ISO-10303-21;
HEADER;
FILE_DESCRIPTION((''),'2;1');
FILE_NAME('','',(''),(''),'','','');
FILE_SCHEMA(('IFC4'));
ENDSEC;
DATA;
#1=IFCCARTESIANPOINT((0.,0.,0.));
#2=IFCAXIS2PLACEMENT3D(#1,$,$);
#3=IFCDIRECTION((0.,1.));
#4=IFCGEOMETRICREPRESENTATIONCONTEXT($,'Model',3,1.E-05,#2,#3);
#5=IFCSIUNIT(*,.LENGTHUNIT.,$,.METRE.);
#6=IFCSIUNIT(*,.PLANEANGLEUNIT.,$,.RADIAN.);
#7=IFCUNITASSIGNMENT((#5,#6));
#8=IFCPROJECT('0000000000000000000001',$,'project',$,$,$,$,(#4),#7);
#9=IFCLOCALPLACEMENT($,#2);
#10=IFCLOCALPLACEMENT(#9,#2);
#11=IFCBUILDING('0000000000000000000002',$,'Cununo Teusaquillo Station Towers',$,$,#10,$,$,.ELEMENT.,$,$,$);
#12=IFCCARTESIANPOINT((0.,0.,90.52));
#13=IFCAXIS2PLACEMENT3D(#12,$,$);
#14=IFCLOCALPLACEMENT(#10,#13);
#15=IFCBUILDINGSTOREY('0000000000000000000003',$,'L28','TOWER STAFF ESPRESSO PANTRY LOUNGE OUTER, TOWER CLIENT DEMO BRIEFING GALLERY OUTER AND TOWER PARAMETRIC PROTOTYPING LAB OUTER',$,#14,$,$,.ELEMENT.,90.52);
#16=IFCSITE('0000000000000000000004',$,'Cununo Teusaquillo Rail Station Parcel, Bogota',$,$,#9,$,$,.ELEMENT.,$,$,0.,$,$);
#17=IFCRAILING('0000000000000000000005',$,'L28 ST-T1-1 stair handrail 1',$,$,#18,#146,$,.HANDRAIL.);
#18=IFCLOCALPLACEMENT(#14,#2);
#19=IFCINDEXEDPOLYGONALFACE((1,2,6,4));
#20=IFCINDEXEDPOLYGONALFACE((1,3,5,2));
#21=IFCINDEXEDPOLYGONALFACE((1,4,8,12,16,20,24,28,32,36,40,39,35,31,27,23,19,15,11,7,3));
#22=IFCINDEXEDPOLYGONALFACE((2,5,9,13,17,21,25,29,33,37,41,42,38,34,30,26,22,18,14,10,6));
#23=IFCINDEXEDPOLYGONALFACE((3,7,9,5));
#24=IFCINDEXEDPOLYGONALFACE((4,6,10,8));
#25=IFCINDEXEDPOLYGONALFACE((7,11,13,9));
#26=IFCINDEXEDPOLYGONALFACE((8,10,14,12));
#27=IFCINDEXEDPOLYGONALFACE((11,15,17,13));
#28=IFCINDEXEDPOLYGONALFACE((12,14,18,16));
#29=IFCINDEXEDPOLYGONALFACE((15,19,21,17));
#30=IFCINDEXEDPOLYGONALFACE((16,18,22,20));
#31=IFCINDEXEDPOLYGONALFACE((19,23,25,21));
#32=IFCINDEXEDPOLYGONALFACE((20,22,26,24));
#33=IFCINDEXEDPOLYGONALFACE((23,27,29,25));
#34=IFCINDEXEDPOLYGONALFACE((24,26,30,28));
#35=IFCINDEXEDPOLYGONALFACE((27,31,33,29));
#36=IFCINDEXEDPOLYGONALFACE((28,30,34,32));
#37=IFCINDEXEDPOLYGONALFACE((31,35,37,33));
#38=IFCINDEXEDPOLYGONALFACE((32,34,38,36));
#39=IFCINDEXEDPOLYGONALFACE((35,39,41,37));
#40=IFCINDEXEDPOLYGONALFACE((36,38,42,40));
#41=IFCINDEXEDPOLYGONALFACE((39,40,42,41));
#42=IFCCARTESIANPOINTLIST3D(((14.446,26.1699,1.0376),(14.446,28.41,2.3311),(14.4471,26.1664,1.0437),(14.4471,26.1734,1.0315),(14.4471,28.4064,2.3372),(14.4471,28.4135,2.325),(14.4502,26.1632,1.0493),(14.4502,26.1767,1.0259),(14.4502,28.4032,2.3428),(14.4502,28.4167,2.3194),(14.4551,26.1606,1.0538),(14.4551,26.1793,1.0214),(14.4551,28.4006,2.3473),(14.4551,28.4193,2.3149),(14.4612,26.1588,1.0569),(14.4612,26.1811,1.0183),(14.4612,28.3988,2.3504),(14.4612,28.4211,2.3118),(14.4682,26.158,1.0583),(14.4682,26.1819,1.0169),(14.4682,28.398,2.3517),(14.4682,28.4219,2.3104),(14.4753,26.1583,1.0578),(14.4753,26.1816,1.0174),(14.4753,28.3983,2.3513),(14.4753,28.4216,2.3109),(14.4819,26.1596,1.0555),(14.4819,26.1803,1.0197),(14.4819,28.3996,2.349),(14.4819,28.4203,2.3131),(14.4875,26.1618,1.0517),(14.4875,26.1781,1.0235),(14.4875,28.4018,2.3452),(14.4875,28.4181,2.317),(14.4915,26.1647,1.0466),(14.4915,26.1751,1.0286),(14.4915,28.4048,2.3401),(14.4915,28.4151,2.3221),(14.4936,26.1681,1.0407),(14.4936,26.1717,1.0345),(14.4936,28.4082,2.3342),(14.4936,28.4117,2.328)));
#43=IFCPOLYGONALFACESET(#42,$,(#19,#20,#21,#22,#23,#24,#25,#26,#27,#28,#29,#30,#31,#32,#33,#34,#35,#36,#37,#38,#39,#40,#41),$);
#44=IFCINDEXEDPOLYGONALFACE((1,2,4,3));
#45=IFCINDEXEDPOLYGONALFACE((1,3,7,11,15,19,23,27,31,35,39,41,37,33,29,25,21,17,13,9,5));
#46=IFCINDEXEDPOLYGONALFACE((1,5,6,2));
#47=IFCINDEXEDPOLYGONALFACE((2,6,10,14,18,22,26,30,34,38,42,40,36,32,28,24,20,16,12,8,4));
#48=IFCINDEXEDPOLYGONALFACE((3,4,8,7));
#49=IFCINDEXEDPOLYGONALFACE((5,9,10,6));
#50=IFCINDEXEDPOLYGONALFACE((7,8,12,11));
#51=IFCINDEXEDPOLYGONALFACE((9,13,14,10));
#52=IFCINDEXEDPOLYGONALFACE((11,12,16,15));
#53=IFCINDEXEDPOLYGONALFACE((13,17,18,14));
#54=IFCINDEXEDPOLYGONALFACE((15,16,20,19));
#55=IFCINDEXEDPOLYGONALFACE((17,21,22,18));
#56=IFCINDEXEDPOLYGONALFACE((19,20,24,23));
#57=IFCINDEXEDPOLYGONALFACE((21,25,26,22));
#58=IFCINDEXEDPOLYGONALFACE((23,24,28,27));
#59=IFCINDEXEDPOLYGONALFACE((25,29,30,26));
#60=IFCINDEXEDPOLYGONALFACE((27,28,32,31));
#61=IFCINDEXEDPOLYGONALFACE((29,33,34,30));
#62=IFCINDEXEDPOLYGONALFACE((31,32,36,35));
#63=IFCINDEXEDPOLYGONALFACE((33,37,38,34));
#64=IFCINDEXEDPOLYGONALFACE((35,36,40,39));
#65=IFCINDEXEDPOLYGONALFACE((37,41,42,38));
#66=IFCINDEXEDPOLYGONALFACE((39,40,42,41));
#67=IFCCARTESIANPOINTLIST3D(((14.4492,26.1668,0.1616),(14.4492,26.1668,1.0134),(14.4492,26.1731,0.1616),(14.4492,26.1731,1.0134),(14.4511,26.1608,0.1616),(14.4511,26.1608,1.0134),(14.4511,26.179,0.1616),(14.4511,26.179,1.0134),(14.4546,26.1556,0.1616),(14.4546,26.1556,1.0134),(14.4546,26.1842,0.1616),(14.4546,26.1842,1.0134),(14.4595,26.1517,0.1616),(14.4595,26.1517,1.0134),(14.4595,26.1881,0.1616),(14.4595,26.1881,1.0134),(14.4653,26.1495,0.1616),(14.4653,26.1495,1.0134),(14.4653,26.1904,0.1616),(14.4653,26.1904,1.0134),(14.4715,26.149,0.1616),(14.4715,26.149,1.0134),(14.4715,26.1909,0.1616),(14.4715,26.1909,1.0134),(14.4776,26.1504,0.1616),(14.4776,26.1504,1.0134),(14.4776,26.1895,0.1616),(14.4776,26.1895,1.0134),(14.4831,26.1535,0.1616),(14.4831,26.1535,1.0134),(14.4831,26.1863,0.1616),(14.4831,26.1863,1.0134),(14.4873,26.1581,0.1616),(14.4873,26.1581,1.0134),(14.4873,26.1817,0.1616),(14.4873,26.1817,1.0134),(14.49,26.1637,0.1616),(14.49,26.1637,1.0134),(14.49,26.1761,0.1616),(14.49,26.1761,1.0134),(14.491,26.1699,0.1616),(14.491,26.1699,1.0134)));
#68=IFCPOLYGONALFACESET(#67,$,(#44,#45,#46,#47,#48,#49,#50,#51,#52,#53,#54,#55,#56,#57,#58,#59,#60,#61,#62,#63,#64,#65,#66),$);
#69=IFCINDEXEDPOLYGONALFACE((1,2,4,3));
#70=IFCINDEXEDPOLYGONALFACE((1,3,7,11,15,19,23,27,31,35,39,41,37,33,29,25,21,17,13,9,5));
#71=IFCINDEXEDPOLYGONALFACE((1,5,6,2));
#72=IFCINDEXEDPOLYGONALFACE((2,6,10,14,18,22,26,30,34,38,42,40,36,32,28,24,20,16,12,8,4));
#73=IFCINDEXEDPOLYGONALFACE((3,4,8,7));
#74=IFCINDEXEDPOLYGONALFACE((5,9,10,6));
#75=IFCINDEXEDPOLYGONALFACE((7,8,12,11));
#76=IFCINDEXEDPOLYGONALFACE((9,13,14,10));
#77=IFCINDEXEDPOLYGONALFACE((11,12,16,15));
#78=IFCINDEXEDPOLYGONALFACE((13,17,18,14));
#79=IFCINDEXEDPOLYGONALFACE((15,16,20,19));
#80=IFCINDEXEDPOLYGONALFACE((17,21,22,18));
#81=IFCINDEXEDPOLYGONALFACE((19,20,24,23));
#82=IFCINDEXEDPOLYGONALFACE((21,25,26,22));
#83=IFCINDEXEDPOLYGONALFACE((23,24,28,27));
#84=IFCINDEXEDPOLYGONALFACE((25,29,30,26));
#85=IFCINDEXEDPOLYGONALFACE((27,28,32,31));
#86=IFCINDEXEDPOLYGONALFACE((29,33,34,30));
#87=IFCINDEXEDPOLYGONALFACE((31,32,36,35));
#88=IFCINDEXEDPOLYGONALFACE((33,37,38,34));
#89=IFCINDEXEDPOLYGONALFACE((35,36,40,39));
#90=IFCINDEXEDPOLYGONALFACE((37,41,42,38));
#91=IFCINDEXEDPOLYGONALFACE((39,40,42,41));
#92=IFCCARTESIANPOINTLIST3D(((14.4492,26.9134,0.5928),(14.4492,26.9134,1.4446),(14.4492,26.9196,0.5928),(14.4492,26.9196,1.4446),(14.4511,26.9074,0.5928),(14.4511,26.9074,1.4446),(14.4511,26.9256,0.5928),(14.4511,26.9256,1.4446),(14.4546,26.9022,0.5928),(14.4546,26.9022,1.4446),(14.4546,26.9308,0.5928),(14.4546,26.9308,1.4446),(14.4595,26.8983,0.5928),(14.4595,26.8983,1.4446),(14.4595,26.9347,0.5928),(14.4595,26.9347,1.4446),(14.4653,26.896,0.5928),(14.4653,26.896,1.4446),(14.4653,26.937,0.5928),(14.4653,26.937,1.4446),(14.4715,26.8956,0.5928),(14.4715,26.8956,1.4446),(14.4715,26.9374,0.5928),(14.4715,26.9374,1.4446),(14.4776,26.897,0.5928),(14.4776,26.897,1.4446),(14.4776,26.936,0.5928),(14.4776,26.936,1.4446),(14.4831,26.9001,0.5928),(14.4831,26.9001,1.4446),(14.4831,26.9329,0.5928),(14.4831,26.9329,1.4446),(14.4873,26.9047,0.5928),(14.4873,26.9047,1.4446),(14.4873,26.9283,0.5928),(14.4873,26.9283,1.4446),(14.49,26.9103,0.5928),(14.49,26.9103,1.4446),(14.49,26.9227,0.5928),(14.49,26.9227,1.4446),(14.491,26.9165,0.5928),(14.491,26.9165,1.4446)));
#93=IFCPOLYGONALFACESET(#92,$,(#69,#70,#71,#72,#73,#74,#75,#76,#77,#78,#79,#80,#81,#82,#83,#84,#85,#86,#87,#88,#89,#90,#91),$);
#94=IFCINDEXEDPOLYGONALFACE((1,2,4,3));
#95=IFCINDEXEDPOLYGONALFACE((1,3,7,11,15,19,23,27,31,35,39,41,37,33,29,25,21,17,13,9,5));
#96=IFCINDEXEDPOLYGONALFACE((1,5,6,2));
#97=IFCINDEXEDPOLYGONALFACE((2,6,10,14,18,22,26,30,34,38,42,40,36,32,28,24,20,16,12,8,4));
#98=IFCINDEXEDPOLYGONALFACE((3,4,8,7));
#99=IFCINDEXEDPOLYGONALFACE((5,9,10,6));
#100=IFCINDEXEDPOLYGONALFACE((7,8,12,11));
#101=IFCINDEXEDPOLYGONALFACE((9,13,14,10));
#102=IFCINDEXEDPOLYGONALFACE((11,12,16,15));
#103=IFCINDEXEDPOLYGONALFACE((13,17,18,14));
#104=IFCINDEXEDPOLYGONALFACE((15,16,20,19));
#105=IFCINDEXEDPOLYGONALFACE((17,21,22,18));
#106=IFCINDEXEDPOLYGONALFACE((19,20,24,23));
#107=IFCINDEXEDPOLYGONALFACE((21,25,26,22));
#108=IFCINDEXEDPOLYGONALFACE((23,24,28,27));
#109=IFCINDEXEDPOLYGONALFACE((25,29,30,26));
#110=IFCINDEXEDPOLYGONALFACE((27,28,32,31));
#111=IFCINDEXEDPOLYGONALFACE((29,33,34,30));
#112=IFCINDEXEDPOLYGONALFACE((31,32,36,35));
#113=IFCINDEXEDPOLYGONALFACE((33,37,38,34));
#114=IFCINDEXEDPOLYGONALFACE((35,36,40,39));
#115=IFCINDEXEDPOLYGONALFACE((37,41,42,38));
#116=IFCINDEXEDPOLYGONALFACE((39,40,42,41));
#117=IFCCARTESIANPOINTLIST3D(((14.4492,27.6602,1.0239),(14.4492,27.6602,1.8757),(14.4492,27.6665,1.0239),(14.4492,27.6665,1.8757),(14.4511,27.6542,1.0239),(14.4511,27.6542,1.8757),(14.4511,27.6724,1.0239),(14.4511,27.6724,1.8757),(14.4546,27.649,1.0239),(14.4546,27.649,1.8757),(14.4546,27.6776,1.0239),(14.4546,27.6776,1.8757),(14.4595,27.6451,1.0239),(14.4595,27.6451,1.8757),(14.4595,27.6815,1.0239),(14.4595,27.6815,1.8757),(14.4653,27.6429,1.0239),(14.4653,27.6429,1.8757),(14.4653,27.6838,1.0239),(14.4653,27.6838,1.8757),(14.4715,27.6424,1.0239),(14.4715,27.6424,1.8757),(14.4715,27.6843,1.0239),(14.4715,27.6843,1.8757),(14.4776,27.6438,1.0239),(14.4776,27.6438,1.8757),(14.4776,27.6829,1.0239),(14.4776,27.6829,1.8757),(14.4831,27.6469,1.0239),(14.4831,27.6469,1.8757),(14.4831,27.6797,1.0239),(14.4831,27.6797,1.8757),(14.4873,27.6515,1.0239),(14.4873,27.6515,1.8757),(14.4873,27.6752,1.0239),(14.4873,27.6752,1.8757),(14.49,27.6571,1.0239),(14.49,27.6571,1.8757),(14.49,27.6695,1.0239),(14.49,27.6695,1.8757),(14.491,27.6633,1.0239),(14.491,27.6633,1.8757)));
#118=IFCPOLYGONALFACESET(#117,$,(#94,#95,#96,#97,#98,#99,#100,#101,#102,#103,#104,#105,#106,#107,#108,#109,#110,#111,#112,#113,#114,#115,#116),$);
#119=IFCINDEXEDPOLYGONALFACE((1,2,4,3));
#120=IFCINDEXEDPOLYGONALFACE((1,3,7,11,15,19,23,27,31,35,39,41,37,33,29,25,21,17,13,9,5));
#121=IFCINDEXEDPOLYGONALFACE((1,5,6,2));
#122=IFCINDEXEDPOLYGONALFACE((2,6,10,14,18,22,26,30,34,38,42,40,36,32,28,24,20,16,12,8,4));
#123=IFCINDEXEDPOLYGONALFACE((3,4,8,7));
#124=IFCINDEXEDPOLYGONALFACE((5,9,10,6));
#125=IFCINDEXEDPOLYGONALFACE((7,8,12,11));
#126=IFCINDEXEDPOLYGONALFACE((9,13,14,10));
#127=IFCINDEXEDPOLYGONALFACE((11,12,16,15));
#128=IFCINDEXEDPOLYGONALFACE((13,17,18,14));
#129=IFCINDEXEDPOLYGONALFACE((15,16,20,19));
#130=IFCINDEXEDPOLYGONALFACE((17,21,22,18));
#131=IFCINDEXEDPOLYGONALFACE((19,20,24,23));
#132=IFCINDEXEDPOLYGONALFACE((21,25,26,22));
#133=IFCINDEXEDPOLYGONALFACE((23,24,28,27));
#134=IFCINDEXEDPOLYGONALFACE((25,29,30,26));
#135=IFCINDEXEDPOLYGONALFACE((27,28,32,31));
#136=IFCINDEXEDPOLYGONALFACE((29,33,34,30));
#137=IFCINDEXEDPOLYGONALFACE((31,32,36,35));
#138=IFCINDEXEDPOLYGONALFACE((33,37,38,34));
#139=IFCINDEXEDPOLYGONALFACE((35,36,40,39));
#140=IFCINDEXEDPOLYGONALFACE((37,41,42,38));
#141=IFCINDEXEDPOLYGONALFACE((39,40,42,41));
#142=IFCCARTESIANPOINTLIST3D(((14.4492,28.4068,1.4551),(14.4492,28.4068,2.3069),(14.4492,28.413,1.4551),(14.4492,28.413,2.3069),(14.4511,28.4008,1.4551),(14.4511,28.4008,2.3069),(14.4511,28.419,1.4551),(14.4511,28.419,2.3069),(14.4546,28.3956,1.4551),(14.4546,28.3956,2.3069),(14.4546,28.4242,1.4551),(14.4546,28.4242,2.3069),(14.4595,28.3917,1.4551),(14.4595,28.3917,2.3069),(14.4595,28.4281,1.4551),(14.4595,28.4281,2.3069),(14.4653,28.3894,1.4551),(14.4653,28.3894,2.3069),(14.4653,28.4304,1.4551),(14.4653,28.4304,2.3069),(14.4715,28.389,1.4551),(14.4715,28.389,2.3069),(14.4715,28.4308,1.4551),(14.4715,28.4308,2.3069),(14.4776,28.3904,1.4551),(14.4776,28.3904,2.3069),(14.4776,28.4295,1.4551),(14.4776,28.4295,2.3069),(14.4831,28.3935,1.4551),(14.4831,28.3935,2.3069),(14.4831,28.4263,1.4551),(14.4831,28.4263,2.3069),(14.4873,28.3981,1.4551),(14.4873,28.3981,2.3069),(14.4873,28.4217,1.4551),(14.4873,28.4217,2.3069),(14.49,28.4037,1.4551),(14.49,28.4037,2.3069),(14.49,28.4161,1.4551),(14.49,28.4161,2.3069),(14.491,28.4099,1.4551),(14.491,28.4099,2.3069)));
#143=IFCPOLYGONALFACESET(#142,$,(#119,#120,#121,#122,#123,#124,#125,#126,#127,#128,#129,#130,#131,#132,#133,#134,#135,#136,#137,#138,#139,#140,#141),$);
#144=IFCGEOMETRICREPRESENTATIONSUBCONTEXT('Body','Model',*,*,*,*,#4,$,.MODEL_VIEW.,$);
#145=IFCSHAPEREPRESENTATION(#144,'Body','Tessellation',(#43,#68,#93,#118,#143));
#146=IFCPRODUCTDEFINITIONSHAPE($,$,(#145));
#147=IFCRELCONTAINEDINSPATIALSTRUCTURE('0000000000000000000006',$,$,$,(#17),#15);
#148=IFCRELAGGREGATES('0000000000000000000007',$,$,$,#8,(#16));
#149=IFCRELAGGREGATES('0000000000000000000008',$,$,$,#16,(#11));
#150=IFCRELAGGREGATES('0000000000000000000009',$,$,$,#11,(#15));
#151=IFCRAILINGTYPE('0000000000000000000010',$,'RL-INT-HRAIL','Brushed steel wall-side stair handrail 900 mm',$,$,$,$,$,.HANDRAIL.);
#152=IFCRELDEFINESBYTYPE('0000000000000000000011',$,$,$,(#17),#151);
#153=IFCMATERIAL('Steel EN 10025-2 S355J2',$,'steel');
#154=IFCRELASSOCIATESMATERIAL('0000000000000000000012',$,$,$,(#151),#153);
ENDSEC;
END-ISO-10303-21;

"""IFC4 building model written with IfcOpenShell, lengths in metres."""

from ifc_helpers import new_model, si_unit, direction, frame, origin, origin_2d, place, context, subcontext, project, spatial, circle, extrude, material, type_object, element, save


model = new_model("IFC4")

# Units and contexts
model_context = context("Model", 3, precision=1e-05, world=origin(), true_north=direction((0.0, 1.0)))
body_context = subcontext(model_context, "Body", "Model", "MODEL_VIEW")
ifc_project = project(units=[si_unit("LENGTHUNIT", "METRE"), si_unit("PLANEANGLEUNIT", "RADIAN")], contexts=[model_context])

# Site, building, storey
site_placement = place(None, origin())
site = spatial("IfcSite", under=ifc_project, at=site_placement, Name="Cununo Teusaquillo Rail Station Parcel, Bogota", CompositionType="ELEMENT", RefElevation=0.0)
building_placement = place(site_placement, origin())
building = spatial("IfcBuilding", under=site, at=building_placement, Name="Cununo Teusaquillo Station Towers", CompositionType="ELEMENT")
storey_placement = place(building_placement, frame((0.0, 0.0, 90.52)))
storey = spatial("IfcBuildingStorey", under=building, at=storey_placement, Name="L28", Description="TOWER STAFF ESPRESSO PANTRY LOUNGE OUTER, TOWER CLIENT DEMO BRIEFING GALLERY OUTER AND TOWER PARAMETRIC PROTOTYPING LAB OUTER", CompositionType="ELEMENT", Elevation=90.52)

# Railing
ifc_material_1 = material(Name="Steel EN 10025-2 S355J2", Category="steel")
railing_type_1 = type_object("IfcRailingType", Name="RL-INT-HRAIL", Description="Brushed steel wall-side stair handrail 900 mm", PredefinedType="HANDRAIL", material=ifc_material_1)
railing_1_placement = place(storey_placement, frame((14.47, 26.1699, 0.1616)))
element("IfcRailing", 1, at=railing_1_placement, inside=storey, type_object=railing_type_1, Name="L28 ST-T1-1 stair handrail 1", PredefinedType="HANDRAIL", context=body_context, shape_type="SweptSolid", body=[
    extrude(circle(Radius=0.0239, at=origin_2d()), frame((0.0, 0.0, 0.876), z_axis=(0.0, 0.865992, 0.500057), x_axis=(-1.0, 0.0, 0.0)), (0.0, 0.0, 1.0), 2.5867),
    extrude(circle(Radius=0.021, at=origin_2d()), origin(), (0.0, 0.0, 1.0), 0.8518),
    extrude(circle(Radius=0.021, at=origin_2d()), frame((0.0, 0.7466, 0.4312)), (0.0, 0.0, 1.0), 0.8518),
    extrude(circle(Radius=0.021, at=origin_2d()), frame((0.0, 1.4934, 0.8623)), (0.0, 0.0, 1.0), 0.8518),
    extrude(circle(Radius=0.021, at=origin_2d()), frame((0.0, 2.24, 1.2935)), (0.0, 0.0, 1.0), 0.8518),
])

save(model, "model.ifc")
